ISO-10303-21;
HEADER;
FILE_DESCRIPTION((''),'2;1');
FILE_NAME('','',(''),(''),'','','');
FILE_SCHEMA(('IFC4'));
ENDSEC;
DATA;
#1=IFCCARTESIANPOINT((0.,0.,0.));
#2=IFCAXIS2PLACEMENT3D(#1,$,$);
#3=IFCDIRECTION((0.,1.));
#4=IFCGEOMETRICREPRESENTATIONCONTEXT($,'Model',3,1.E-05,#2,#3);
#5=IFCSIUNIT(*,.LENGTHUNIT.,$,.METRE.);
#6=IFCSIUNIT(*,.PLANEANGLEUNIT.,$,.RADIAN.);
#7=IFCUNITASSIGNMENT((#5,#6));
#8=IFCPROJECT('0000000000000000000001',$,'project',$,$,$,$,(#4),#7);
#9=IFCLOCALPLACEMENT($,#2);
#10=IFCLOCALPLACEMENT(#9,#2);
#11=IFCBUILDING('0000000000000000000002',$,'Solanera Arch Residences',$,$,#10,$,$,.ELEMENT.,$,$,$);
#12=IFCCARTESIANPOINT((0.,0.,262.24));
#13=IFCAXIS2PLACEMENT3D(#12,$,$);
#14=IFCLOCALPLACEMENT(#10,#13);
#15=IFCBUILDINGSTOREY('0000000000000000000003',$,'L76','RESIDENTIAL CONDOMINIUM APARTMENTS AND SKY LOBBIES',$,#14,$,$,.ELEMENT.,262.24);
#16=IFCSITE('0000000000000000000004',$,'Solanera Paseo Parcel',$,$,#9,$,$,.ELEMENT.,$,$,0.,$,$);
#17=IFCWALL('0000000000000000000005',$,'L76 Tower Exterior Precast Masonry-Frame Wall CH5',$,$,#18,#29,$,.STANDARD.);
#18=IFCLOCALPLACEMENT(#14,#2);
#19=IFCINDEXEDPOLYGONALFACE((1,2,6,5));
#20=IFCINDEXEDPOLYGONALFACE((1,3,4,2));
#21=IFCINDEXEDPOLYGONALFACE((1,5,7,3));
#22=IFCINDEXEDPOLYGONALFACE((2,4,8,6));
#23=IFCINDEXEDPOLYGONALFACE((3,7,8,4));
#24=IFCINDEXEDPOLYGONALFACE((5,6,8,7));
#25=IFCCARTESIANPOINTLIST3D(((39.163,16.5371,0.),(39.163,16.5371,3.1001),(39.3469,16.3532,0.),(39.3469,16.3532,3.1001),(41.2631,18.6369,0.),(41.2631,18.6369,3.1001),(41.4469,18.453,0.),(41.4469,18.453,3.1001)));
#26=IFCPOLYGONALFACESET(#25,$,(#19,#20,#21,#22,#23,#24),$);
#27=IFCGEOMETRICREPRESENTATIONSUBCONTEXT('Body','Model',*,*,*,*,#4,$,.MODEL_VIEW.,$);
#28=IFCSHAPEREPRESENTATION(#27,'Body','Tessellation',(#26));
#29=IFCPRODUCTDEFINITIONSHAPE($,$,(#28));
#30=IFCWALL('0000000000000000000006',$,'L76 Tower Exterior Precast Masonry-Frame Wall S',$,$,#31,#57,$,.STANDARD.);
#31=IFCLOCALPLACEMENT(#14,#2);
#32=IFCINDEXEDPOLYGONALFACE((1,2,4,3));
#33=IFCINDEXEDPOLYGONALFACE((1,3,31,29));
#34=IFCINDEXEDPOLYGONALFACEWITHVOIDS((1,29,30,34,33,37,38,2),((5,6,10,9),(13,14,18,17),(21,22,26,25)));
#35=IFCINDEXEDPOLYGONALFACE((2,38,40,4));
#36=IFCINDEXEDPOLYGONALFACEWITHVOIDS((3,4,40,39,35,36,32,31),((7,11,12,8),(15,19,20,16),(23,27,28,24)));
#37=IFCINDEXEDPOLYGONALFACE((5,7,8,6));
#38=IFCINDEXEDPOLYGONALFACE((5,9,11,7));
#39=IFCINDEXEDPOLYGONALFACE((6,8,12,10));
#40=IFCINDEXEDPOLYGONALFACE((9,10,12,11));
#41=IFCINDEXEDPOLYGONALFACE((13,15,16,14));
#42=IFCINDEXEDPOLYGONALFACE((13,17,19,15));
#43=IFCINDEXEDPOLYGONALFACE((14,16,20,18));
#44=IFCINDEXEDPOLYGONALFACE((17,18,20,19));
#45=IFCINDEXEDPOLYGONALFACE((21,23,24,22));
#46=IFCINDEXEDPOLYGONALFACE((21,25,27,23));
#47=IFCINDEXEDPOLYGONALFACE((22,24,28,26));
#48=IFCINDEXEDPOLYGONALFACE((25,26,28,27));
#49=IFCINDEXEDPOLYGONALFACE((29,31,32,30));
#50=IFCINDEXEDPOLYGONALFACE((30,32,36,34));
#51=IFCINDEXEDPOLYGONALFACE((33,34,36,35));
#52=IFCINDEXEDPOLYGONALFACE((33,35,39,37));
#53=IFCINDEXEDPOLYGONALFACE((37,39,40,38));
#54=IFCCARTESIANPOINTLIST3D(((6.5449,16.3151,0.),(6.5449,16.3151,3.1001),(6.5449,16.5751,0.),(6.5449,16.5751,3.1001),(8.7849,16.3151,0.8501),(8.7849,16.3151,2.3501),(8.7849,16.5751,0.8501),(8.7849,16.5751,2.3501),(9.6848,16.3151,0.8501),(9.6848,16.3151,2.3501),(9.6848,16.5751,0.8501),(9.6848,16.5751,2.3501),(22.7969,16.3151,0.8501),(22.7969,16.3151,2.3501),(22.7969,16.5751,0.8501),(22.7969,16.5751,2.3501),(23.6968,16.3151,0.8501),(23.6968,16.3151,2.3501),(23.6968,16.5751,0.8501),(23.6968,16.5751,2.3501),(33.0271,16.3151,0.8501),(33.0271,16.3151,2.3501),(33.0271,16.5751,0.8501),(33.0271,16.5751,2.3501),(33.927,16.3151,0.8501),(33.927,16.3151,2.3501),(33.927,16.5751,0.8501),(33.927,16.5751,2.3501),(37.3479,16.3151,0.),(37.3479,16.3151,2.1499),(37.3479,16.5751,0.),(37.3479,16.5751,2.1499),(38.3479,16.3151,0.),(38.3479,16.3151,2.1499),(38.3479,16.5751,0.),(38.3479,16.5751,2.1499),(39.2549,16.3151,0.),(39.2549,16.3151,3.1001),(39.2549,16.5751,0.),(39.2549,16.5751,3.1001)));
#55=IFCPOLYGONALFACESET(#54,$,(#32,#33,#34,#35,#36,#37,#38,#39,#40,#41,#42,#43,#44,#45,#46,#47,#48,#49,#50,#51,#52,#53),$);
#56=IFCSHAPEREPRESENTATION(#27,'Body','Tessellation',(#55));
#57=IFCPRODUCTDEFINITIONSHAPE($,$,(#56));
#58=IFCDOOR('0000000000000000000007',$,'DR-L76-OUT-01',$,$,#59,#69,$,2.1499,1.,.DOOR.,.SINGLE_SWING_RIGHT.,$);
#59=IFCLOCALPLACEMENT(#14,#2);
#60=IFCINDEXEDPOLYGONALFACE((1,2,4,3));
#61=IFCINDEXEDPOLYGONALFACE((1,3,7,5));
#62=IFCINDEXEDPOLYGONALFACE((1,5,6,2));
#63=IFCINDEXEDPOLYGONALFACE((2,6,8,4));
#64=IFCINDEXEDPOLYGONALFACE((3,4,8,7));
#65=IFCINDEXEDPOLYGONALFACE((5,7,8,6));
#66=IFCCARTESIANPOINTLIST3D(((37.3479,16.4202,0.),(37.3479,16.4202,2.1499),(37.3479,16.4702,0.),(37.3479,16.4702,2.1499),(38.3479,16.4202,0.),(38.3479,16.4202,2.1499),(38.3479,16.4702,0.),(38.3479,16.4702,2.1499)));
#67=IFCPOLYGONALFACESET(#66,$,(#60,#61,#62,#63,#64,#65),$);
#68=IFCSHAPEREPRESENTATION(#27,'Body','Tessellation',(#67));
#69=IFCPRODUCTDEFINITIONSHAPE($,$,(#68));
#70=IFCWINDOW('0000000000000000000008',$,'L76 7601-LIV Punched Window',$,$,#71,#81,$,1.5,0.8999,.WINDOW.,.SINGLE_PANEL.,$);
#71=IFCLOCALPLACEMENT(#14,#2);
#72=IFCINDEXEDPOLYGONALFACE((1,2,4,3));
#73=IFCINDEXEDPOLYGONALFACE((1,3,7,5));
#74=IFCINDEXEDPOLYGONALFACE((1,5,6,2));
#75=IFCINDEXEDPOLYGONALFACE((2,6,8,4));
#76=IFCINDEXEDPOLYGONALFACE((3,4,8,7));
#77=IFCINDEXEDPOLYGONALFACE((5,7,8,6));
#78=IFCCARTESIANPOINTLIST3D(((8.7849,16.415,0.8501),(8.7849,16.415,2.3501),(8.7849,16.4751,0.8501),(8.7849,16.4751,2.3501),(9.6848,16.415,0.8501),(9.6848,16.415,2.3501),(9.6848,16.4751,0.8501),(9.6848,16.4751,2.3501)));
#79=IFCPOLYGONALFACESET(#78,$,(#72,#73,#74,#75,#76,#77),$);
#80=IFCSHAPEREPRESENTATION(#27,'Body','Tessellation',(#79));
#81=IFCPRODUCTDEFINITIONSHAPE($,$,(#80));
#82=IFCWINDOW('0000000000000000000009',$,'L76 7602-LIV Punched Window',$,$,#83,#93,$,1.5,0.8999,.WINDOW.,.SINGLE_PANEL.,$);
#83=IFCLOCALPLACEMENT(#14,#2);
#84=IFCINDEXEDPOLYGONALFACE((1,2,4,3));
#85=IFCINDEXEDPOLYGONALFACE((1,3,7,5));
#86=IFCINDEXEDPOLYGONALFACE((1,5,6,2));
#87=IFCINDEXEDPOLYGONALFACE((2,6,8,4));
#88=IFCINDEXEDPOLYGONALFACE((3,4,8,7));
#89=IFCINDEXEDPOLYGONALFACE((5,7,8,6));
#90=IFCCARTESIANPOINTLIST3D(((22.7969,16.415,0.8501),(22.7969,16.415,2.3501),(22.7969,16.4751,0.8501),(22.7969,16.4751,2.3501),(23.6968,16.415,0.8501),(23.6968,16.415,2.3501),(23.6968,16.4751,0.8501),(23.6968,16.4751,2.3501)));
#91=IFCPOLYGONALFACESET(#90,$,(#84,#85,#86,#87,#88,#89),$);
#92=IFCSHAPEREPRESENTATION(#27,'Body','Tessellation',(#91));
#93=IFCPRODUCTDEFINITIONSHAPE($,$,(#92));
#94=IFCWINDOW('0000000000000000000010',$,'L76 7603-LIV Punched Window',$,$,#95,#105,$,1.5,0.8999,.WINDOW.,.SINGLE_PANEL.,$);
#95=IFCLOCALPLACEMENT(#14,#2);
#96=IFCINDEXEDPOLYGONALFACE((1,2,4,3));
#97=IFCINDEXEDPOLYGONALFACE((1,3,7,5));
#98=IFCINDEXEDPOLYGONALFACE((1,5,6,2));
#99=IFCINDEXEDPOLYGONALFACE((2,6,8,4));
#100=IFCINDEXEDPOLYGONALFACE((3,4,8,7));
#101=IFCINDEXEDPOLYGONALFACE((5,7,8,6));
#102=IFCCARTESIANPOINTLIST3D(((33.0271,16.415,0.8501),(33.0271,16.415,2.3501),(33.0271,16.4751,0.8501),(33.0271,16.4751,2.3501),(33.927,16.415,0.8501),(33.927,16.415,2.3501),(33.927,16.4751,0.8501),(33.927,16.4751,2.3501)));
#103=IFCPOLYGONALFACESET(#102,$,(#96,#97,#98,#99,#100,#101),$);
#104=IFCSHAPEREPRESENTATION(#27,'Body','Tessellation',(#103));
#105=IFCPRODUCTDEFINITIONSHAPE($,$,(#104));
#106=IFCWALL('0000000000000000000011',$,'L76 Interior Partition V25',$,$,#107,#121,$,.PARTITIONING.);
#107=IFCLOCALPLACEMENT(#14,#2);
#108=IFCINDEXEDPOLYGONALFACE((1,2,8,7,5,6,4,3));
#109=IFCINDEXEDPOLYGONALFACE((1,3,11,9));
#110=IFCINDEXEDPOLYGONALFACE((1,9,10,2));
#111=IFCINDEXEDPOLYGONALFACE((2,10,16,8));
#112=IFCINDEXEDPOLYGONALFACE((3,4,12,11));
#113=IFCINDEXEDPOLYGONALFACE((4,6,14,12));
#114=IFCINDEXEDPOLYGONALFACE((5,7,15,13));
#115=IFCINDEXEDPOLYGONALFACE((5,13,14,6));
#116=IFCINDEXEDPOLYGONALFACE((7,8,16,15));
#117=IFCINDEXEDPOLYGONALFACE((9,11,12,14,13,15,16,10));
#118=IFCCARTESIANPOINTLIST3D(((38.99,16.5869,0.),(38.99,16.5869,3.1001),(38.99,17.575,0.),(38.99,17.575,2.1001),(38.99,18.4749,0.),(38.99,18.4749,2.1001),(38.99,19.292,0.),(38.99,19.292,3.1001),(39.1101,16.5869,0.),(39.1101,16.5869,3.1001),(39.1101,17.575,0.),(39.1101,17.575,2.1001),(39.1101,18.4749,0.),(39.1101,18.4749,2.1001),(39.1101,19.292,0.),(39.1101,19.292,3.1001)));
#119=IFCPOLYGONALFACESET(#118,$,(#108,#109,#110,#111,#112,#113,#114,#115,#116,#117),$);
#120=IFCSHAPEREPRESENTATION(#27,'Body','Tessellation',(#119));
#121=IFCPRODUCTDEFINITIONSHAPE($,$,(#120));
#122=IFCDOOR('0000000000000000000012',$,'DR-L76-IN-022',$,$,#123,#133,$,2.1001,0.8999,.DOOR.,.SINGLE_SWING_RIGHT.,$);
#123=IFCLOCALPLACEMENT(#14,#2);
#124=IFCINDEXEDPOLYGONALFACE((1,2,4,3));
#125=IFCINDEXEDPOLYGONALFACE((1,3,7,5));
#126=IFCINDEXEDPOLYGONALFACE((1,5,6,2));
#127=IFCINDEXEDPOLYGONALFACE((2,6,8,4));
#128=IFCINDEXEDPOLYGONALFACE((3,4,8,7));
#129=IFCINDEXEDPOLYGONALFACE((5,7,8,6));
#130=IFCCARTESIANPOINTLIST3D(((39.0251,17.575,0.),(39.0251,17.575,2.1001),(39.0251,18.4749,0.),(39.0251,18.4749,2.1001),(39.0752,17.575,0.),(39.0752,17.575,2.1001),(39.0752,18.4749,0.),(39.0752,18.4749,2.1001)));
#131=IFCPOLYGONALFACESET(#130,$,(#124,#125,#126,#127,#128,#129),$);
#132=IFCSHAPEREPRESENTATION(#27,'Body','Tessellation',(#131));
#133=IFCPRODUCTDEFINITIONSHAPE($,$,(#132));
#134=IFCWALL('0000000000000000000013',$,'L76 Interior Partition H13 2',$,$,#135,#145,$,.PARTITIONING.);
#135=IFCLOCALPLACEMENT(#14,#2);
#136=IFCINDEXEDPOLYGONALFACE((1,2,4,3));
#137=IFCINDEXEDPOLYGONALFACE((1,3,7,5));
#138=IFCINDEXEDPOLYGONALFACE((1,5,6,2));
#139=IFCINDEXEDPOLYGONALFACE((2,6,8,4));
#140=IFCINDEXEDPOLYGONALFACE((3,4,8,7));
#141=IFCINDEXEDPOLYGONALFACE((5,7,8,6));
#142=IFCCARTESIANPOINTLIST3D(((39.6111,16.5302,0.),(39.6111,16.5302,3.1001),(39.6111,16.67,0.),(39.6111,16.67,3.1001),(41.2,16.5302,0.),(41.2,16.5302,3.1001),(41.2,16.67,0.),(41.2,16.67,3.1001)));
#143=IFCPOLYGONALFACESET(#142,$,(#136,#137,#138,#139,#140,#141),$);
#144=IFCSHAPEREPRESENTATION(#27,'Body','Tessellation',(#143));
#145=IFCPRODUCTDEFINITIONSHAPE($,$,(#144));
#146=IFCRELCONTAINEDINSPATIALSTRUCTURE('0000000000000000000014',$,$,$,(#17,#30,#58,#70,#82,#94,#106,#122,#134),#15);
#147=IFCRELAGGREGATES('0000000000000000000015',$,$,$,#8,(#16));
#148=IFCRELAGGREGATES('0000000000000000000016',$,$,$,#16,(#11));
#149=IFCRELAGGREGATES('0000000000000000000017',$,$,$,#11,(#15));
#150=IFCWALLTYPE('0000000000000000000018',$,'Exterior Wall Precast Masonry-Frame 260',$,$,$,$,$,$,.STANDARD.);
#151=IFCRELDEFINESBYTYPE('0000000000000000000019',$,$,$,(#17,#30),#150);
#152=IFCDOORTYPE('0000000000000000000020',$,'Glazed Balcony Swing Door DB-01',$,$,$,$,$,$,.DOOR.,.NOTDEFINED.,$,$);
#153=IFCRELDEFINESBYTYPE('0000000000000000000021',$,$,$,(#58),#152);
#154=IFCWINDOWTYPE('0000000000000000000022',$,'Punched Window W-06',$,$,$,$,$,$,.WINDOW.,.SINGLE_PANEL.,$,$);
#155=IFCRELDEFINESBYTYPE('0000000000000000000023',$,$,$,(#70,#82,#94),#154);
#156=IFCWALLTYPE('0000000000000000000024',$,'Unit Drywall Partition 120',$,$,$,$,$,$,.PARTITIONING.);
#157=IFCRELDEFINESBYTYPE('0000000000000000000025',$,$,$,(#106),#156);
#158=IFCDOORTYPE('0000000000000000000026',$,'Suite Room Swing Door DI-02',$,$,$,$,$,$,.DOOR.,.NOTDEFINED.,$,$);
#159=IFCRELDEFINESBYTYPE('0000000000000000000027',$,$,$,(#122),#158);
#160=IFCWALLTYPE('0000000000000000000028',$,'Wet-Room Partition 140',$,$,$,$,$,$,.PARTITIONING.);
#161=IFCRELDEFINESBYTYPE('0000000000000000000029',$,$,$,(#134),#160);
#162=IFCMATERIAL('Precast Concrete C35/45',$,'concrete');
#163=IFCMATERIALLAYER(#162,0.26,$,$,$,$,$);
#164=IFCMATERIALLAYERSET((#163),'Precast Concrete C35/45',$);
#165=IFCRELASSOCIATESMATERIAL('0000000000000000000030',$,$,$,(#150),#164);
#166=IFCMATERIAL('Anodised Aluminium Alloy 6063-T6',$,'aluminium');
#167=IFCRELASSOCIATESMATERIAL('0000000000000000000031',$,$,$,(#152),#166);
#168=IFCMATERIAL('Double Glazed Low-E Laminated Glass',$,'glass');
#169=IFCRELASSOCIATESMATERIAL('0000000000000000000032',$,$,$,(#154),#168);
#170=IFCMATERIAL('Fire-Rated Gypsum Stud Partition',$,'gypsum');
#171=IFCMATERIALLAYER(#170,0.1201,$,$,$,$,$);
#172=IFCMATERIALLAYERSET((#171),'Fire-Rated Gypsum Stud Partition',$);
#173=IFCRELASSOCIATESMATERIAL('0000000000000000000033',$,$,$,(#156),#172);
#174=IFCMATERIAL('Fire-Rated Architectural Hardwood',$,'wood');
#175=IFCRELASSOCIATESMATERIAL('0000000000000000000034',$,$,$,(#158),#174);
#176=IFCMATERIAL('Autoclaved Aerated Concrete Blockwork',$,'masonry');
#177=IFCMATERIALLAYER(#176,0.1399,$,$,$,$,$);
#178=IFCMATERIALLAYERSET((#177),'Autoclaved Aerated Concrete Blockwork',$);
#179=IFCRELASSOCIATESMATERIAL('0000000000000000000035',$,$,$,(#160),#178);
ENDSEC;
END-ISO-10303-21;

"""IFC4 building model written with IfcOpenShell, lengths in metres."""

from ifc_helpers import new_model, si_unit, direction, frame, frame_2d, origin, place, context, subcontext, project, spatial, rectangle, extrude, material, layer, layer_set, type_object, element, fill, save


model = new_model("IFC4")

# Units and contexts
model_context = context("Model", 3, precision=1e-05, world=origin(), true_north=direction((0.0, 1.0)))
body_context = subcontext(model_context, "Body", "Model", "MODEL_VIEW")
ifc_project = project(units=[si_unit("LENGTHUNIT", "METRE"), si_unit("PLANEANGLEUNIT", "RADIAN")], contexts=[model_context])

# Site, building, storey
site_placement = place(None, origin())
site = spatial("IfcSite", under=ifc_project, at=site_placement, Name="Solanera Paseo Parcel", CompositionType="ELEMENT", RefElevation=0.0)
building_placement = place(site_placement, origin())
building = spatial("IfcBuilding", under=site, at=building_placement, Name="Solanera Arch Residences", CompositionType="ELEMENT")
storey_placement = place(building_placement, frame((0.0, 0.0, 262.24)))
storey = spatial("IfcBuildingStorey", under=building, at=storey_placement, Name="L76", Description="RESIDENTIAL CONDOMINIUM APARTMENTS AND SKY LOBBIES", CompositionType="ELEMENT", Elevation=262.24)

# Wall
ifc_material_1 = material(Name="Precast Concrete C35/45", Category="concrete")
ifc_layer_1 = layer(ifc_material_1, 0.26)
ifc_layer_set_1 = layer_set([ifc_layer_1], Name="Precast Concrete C35/45")
wall_type_1 = type_object("IfcWallType", Name="Exterior Wall Precast Masonry-Frame 260", PredefinedType="STANDARD", material=ifc_layer_set_1)
wall_1_placement = place(storey_placement, frame((41.355, 18.5449, 0.0), z_axis=(0.0, 0.0, 1.0), x_axis=(-0.707148, -0.707066, 0.0)))
element("IfcWall", 1, at=wall_1_placement, inside=storey, type_object=wall_type_1, Name="L76 Tower Exterior Precast Masonry-Frame Wall CH5", PredefinedType="STANDARD", context=body_context, shape_type="SweptSolid", body=[
    extrude(rectangle(XDim=2.9697, YDim=0.26, at=frame_2d((1.4849, 0.0))), origin(), (0.0, 0.0, 1.0), 3.1001),
])

# Wall, openings, door, windows
wall_2_placement = place(storey_placement, frame((39.2549, 16.4451, 0.0), z_axis=(0.0, 0.0, 1.0), x_axis=(-1.0, 0.0, 0.0)))
wall_2 = element("IfcWall", 2, at=wall_2_placement, inside=storey, type_object=wall_type_1, Name="L76 Tower Exterior Precast Masonry-Frame Wall S", PredefinedType="STANDARD", context=body_context, shape_type="SweptSolid", body=[
    extrude(rectangle(XDim=32.71, YDim=0.26, at=frame_2d((16.355, 0.0))), origin(), (0.0, 0.0, 1.0), 3.1001),
])
opening_1_placement = place(wall_2_placement, frame((0.907, 0.0, 0.0)))
opening_1 = element("IfcOpeningElement", 3, at=opening_1_placement, cuts=wall_2, PredefinedType="OPENING", context=body_context, shape_type="SweptSolid", body=[
    extrude(rectangle(XDim=1.0, YDim=2.1499, at=frame_2d((0.5, 1.075))), frame((0.0, 0.1399, 0.0), z_axis=(0.0, -1.0, 0.0), x_axis=(1.0, 0.0, 0.0)), (0.0, 0.0, 1.0), 0.28),
])
opening_2_placement = place(wall_2_placement, frame((29.5701, 0.0, 0.8501)))
opening_2 = element("IfcOpeningElement", 4, at=opening_2_placement, cuts=wall_2, PredefinedType="OPENING", context=body_context, shape_type="SweptSolid", body=[
    extrude(rectangle(XDim=0.8999, YDim=1.5, at=frame_2d((0.45, 0.75))), frame((0.0, 0.1399, 0.0), z_axis=(0.0, -1.0, 0.0), x_axis=(1.0, 0.0, 0.0)), (0.0, 0.0, 1.0), 0.28),
])
opening_3_placement = place(wall_2_placement, frame((15.5581, 0.0, 0.8501)))
opening_3 = element("IfcOpeningElement", 5, at=opening_3_placement, cuts=wall_2, PredefinedType="OPENING", context=body_context, shape_type="SweptSolid", body=[
    extrude(rectangle(XDim=0.8999, YDim=1.5, at=frame_2d((0.45, 0.75))), frame((0.0, 0.1399, 0.0), z_axis=(0.0, -1.0, 0.0), x_axis=(1.0, 0.0, 0.0)), (0.0, 0.0, 1.0), 0.28),
])
opening_4_placement = place(wall_2_placement, frame((5.3279, 0.0, 0.8501)))
opening_4 = element("IfcOpeningElement", 6, at=opening_4_placement, cuts=wall_2, PredefinedType="OPENING", context=body_context, shape_type="SweptSolid", body=[
    extrude(rectangle(XDim=0.8999, YDim=1.5, at=frame_2d((0.45, 0.75))), frame((0.0, 0.1399, 0.0), z_axis=(0.0, -1.0, 0.0), x_axis=(1.0, 0.0, 0.0)), (0.0, 0.0, 1.0), 0.28),
])
ifc_material_2 = material(Name="Anodised Aluminium Alloy 6063-T6", Category="aluminium")
door_type_1 = type_object("IfcDoorType", Name="Glazed Balcony Swing Door DB-01", OperationType="NOTDEFINED", PredefinedType="DOOR", material=ifc_material_2)
door_1_placement = place(opening_1_placement, origin())
door_1 = element("IfcDoor", 7, at=door_1_placement, inside=storey, type_object=door_type_1, Name="DR-L76-OUT-01", OperationType="SINGLE_SWING_RIGHT", OverallHeight=2.1499, OverallWidth=1.0, PredefinedType="DOOR", context=body_context, shape_type="SweptSolid", body=[
    extrude(rectangle(XDim=1.0, YDim=2.1499, at=frame_2d((0.5, 1.075))), frame((0.0, 0.0249, 0.0), z_axis=(0.0, -1.0, 0.0), x_axis=(1.0, 0.0, 0.0)), (0.0, 0.0, 1.0), 0.05),
])
fill(opening_1, door_1)
ifc_material_3 = material(Name="Double Glazed Low-E Laminated Glass", Category="glass")
window_type = type_object("IfcWindowType", Name="Punched Window W-06", PartitioningType="SINGLE_PANEL", PredefinedType="WINDOW", material=ifc_material_3)
window_1_placement = place(opening_2_placement, origin())
window_1 = element("IfcWindow", 8, at=window_1_placement, inside=storey, type_object=window_type, Name="L76 7601-LIV Punched Window", OverallHeight=1.5, OverallWidth=0.8999, PartitioningType="SINGLE_PANEL", PredefinedType="WINDOW", context=body_context, shape_type="SweptSolid", body=[
    extrude(rectangle(XDim=0.8999, YDim=1.5, at=frame_2d((0.45, 0.75))), frame((0.0, 0.03, 0.0), z_axis=(0.0, -1.0, 0.0), x_axis=(1.0, 0.0, 0.0)), (0.0, 0.0, 1.0), 0.0601),
])
fill(opening_2, window_1)
window_2_placement = place(opening_3_placement, origin())
window_2 = element("IfcWindow", 9, at=window_2_placement, inside=storey, type_object=window_type, Name="L76 7602-LIV Punched Window", OverallHeight=1.5, OverallWidth=0.8999, PartitioningType="SINGLE_PANEL", PredefinedType="WINDOW", context=body_context, shape_type="SweptSolid", body=[
    extrude(rectangle(XDim=0.8999, YDim=1.5, at=frame_2d((0.45, 0.75))), frame((0.0, 0.03, 0.0), z_axis=(0.0, -1.0, 0.0), x_axis=(1.0, 0.0, 0.0)), (0.0, 0.0, 1.0), 0.0601),
])
fill(opening_3, window_2)
window_3_placement = place(opening_4_placement, origin())
window_3 = element("IfcWindow", 10, at=window_3_placement, inside=storey, type_object=window_type, Name="L76 7603-LIV Punched Window", OverallHeight=1.5, OverallWidth=0.8999, PartitioningType="SINGLE_PANEL", PredefinedType="WINDOW", context=body_context, shape_type="SweptSolid", body=[
    extrude(rectangle(XDim=0.8999, YDim=1.5, at=frame_2d((0.45, 0.75))), frame((0.0, 0.03, 0.0), z_axis=(0.0, -1.0, 0.0), x_axis=(1.0, 0.0, 0.0)), (0.0, 0.0, 1.0), 0.0601),
])
fill(opening_4, window_3)

# Wall, opening, door
ifc_material_4 = material(Name="Fire-Rated Gypsum Stud Partition", Category="gypsum")
ifc_layer_2 = layer(ifc_material_4, 0.1201)
ifc_layer_set_2 = layer_set([ifc_layer_2], Name="Fire-Rated Gypsum Stud Partition")
wall_type_2 = type_object("IfcWallType", Name="Unit Drywall Partition 120", PredefinedType="PARTITIONING", material=ifc_layer_set_2)
wall_3_placement = place(storey_placement, frame((39.05, 16.5869, 0.0), z_axis=(0.0, 0.0, 1.0), x_axis=(0.0, 1.0, 0.0)))
wall_3 = element("IfcWall", 11, at=wall_3_placement, inside=storey, type_object=wall_type_2, Name="L76 Interior Partition V25", PredefinedType="PARTITIONING", context=body_context, shape_type="SweptSolid", body=[
    extrude(rectangle(XDim=2.7051, YDim=0.1201, at=frame_2d((1.3525, 0.0))), origin(), (0.0, 0.0, 1.0), 3.1001),
])
opening_5_placement = place(wall_3_placement, frame((0.988, 0.0, 0.0)))
opening_5 = element("IfcOpeningElement", 12, at=opening_5_placement, cuts=wall_3, PredefinedType="OPENING", context=body_context, shape_type="SweptSolid", body=[
    extrude(rectangle(XDim=0.8999, YDim=2.1001, at=frame_2d((0.45, 1.05))), frame((0.0, 0.0701, 0.0), z_axis=(0.0, -1.0, 0.0), x_axis=(1.0, 0.0, 0.0)), (0.0, 0.0, 1.0), 0.1401),
])
ifc_material_5 = material(Name="Fire-Rated Architectural Hardwood", Category="wood")
door_type_2 = type_object("IfcDoorType", Name="Suite Room Swing Door DI-02", OperationType="NOTDEFINED", PredefinedType="DOOR", material=ifc_material_5)
door_2_placement = place(opening_5_placement, origin())
door_2 = element("IfcDoor", 13, at=door_2_placement, inside=storey, type_object=door_type_2, Name="DR-L76-IN-022", OperationType="SINGLE_SWING_RIGHT", OverallHeight=2.1001, OverallWidth=0.8999, PredefinedType="DOOR", context=body_context, shape_type="SweptSolid", body=[
    extrude(rectangle(XDim=0.8999, YDim=2.1001, at=frame_2d((0.45, 1.05))), frame((0.0, 0.0249, 0.0), z_axis=(0.0, -1.0, 0.0), x_axis=(1.0, 0.0, 0.0)), (0.0, 0.0, 1.0), 0.05),
])
fill(opening_5, door_2)

# Wall
ifc_material_6 = material(Name="Autoclaved Aerated Concrete Blockwork", Category="masonry")
ifc_layer_3 = layer(ifc_material_6, 0.1399)
ifc_layer_set_3 = layer_set([ifc_layer_3], Name="Autoclaved Aerated Concrete Blockwork")
wall_type_3 = type_object("IfcWallType", Name="Wet-Room Partition 140", PredefinedType="PARTITIONING", material=ifc_layer_set_3)
wall_4_placement = place(storey_placement, frame((39.6111, 16.6001, 0.0), z_axis=(0.0, 0.0, 1.0), x_axis=(1.0, 0.0, 0.0)))
element("IfcWall", 14, at=wall_4_placement, inside=storey, type_object=wall_type_3, Name="L76 Interior Partition H13 2", PredefinedType="PARTITIONING", context=body_context, shape_type="SweptSolid", body=[
    extrude(rectangle(XDim=1.5889, YDim=0.1399, at=frame_2d((0.7944, 0.0))), origin(), (0.0, 0.0, 1.0), 3.1001),
])

save(model, "model.ifc")
